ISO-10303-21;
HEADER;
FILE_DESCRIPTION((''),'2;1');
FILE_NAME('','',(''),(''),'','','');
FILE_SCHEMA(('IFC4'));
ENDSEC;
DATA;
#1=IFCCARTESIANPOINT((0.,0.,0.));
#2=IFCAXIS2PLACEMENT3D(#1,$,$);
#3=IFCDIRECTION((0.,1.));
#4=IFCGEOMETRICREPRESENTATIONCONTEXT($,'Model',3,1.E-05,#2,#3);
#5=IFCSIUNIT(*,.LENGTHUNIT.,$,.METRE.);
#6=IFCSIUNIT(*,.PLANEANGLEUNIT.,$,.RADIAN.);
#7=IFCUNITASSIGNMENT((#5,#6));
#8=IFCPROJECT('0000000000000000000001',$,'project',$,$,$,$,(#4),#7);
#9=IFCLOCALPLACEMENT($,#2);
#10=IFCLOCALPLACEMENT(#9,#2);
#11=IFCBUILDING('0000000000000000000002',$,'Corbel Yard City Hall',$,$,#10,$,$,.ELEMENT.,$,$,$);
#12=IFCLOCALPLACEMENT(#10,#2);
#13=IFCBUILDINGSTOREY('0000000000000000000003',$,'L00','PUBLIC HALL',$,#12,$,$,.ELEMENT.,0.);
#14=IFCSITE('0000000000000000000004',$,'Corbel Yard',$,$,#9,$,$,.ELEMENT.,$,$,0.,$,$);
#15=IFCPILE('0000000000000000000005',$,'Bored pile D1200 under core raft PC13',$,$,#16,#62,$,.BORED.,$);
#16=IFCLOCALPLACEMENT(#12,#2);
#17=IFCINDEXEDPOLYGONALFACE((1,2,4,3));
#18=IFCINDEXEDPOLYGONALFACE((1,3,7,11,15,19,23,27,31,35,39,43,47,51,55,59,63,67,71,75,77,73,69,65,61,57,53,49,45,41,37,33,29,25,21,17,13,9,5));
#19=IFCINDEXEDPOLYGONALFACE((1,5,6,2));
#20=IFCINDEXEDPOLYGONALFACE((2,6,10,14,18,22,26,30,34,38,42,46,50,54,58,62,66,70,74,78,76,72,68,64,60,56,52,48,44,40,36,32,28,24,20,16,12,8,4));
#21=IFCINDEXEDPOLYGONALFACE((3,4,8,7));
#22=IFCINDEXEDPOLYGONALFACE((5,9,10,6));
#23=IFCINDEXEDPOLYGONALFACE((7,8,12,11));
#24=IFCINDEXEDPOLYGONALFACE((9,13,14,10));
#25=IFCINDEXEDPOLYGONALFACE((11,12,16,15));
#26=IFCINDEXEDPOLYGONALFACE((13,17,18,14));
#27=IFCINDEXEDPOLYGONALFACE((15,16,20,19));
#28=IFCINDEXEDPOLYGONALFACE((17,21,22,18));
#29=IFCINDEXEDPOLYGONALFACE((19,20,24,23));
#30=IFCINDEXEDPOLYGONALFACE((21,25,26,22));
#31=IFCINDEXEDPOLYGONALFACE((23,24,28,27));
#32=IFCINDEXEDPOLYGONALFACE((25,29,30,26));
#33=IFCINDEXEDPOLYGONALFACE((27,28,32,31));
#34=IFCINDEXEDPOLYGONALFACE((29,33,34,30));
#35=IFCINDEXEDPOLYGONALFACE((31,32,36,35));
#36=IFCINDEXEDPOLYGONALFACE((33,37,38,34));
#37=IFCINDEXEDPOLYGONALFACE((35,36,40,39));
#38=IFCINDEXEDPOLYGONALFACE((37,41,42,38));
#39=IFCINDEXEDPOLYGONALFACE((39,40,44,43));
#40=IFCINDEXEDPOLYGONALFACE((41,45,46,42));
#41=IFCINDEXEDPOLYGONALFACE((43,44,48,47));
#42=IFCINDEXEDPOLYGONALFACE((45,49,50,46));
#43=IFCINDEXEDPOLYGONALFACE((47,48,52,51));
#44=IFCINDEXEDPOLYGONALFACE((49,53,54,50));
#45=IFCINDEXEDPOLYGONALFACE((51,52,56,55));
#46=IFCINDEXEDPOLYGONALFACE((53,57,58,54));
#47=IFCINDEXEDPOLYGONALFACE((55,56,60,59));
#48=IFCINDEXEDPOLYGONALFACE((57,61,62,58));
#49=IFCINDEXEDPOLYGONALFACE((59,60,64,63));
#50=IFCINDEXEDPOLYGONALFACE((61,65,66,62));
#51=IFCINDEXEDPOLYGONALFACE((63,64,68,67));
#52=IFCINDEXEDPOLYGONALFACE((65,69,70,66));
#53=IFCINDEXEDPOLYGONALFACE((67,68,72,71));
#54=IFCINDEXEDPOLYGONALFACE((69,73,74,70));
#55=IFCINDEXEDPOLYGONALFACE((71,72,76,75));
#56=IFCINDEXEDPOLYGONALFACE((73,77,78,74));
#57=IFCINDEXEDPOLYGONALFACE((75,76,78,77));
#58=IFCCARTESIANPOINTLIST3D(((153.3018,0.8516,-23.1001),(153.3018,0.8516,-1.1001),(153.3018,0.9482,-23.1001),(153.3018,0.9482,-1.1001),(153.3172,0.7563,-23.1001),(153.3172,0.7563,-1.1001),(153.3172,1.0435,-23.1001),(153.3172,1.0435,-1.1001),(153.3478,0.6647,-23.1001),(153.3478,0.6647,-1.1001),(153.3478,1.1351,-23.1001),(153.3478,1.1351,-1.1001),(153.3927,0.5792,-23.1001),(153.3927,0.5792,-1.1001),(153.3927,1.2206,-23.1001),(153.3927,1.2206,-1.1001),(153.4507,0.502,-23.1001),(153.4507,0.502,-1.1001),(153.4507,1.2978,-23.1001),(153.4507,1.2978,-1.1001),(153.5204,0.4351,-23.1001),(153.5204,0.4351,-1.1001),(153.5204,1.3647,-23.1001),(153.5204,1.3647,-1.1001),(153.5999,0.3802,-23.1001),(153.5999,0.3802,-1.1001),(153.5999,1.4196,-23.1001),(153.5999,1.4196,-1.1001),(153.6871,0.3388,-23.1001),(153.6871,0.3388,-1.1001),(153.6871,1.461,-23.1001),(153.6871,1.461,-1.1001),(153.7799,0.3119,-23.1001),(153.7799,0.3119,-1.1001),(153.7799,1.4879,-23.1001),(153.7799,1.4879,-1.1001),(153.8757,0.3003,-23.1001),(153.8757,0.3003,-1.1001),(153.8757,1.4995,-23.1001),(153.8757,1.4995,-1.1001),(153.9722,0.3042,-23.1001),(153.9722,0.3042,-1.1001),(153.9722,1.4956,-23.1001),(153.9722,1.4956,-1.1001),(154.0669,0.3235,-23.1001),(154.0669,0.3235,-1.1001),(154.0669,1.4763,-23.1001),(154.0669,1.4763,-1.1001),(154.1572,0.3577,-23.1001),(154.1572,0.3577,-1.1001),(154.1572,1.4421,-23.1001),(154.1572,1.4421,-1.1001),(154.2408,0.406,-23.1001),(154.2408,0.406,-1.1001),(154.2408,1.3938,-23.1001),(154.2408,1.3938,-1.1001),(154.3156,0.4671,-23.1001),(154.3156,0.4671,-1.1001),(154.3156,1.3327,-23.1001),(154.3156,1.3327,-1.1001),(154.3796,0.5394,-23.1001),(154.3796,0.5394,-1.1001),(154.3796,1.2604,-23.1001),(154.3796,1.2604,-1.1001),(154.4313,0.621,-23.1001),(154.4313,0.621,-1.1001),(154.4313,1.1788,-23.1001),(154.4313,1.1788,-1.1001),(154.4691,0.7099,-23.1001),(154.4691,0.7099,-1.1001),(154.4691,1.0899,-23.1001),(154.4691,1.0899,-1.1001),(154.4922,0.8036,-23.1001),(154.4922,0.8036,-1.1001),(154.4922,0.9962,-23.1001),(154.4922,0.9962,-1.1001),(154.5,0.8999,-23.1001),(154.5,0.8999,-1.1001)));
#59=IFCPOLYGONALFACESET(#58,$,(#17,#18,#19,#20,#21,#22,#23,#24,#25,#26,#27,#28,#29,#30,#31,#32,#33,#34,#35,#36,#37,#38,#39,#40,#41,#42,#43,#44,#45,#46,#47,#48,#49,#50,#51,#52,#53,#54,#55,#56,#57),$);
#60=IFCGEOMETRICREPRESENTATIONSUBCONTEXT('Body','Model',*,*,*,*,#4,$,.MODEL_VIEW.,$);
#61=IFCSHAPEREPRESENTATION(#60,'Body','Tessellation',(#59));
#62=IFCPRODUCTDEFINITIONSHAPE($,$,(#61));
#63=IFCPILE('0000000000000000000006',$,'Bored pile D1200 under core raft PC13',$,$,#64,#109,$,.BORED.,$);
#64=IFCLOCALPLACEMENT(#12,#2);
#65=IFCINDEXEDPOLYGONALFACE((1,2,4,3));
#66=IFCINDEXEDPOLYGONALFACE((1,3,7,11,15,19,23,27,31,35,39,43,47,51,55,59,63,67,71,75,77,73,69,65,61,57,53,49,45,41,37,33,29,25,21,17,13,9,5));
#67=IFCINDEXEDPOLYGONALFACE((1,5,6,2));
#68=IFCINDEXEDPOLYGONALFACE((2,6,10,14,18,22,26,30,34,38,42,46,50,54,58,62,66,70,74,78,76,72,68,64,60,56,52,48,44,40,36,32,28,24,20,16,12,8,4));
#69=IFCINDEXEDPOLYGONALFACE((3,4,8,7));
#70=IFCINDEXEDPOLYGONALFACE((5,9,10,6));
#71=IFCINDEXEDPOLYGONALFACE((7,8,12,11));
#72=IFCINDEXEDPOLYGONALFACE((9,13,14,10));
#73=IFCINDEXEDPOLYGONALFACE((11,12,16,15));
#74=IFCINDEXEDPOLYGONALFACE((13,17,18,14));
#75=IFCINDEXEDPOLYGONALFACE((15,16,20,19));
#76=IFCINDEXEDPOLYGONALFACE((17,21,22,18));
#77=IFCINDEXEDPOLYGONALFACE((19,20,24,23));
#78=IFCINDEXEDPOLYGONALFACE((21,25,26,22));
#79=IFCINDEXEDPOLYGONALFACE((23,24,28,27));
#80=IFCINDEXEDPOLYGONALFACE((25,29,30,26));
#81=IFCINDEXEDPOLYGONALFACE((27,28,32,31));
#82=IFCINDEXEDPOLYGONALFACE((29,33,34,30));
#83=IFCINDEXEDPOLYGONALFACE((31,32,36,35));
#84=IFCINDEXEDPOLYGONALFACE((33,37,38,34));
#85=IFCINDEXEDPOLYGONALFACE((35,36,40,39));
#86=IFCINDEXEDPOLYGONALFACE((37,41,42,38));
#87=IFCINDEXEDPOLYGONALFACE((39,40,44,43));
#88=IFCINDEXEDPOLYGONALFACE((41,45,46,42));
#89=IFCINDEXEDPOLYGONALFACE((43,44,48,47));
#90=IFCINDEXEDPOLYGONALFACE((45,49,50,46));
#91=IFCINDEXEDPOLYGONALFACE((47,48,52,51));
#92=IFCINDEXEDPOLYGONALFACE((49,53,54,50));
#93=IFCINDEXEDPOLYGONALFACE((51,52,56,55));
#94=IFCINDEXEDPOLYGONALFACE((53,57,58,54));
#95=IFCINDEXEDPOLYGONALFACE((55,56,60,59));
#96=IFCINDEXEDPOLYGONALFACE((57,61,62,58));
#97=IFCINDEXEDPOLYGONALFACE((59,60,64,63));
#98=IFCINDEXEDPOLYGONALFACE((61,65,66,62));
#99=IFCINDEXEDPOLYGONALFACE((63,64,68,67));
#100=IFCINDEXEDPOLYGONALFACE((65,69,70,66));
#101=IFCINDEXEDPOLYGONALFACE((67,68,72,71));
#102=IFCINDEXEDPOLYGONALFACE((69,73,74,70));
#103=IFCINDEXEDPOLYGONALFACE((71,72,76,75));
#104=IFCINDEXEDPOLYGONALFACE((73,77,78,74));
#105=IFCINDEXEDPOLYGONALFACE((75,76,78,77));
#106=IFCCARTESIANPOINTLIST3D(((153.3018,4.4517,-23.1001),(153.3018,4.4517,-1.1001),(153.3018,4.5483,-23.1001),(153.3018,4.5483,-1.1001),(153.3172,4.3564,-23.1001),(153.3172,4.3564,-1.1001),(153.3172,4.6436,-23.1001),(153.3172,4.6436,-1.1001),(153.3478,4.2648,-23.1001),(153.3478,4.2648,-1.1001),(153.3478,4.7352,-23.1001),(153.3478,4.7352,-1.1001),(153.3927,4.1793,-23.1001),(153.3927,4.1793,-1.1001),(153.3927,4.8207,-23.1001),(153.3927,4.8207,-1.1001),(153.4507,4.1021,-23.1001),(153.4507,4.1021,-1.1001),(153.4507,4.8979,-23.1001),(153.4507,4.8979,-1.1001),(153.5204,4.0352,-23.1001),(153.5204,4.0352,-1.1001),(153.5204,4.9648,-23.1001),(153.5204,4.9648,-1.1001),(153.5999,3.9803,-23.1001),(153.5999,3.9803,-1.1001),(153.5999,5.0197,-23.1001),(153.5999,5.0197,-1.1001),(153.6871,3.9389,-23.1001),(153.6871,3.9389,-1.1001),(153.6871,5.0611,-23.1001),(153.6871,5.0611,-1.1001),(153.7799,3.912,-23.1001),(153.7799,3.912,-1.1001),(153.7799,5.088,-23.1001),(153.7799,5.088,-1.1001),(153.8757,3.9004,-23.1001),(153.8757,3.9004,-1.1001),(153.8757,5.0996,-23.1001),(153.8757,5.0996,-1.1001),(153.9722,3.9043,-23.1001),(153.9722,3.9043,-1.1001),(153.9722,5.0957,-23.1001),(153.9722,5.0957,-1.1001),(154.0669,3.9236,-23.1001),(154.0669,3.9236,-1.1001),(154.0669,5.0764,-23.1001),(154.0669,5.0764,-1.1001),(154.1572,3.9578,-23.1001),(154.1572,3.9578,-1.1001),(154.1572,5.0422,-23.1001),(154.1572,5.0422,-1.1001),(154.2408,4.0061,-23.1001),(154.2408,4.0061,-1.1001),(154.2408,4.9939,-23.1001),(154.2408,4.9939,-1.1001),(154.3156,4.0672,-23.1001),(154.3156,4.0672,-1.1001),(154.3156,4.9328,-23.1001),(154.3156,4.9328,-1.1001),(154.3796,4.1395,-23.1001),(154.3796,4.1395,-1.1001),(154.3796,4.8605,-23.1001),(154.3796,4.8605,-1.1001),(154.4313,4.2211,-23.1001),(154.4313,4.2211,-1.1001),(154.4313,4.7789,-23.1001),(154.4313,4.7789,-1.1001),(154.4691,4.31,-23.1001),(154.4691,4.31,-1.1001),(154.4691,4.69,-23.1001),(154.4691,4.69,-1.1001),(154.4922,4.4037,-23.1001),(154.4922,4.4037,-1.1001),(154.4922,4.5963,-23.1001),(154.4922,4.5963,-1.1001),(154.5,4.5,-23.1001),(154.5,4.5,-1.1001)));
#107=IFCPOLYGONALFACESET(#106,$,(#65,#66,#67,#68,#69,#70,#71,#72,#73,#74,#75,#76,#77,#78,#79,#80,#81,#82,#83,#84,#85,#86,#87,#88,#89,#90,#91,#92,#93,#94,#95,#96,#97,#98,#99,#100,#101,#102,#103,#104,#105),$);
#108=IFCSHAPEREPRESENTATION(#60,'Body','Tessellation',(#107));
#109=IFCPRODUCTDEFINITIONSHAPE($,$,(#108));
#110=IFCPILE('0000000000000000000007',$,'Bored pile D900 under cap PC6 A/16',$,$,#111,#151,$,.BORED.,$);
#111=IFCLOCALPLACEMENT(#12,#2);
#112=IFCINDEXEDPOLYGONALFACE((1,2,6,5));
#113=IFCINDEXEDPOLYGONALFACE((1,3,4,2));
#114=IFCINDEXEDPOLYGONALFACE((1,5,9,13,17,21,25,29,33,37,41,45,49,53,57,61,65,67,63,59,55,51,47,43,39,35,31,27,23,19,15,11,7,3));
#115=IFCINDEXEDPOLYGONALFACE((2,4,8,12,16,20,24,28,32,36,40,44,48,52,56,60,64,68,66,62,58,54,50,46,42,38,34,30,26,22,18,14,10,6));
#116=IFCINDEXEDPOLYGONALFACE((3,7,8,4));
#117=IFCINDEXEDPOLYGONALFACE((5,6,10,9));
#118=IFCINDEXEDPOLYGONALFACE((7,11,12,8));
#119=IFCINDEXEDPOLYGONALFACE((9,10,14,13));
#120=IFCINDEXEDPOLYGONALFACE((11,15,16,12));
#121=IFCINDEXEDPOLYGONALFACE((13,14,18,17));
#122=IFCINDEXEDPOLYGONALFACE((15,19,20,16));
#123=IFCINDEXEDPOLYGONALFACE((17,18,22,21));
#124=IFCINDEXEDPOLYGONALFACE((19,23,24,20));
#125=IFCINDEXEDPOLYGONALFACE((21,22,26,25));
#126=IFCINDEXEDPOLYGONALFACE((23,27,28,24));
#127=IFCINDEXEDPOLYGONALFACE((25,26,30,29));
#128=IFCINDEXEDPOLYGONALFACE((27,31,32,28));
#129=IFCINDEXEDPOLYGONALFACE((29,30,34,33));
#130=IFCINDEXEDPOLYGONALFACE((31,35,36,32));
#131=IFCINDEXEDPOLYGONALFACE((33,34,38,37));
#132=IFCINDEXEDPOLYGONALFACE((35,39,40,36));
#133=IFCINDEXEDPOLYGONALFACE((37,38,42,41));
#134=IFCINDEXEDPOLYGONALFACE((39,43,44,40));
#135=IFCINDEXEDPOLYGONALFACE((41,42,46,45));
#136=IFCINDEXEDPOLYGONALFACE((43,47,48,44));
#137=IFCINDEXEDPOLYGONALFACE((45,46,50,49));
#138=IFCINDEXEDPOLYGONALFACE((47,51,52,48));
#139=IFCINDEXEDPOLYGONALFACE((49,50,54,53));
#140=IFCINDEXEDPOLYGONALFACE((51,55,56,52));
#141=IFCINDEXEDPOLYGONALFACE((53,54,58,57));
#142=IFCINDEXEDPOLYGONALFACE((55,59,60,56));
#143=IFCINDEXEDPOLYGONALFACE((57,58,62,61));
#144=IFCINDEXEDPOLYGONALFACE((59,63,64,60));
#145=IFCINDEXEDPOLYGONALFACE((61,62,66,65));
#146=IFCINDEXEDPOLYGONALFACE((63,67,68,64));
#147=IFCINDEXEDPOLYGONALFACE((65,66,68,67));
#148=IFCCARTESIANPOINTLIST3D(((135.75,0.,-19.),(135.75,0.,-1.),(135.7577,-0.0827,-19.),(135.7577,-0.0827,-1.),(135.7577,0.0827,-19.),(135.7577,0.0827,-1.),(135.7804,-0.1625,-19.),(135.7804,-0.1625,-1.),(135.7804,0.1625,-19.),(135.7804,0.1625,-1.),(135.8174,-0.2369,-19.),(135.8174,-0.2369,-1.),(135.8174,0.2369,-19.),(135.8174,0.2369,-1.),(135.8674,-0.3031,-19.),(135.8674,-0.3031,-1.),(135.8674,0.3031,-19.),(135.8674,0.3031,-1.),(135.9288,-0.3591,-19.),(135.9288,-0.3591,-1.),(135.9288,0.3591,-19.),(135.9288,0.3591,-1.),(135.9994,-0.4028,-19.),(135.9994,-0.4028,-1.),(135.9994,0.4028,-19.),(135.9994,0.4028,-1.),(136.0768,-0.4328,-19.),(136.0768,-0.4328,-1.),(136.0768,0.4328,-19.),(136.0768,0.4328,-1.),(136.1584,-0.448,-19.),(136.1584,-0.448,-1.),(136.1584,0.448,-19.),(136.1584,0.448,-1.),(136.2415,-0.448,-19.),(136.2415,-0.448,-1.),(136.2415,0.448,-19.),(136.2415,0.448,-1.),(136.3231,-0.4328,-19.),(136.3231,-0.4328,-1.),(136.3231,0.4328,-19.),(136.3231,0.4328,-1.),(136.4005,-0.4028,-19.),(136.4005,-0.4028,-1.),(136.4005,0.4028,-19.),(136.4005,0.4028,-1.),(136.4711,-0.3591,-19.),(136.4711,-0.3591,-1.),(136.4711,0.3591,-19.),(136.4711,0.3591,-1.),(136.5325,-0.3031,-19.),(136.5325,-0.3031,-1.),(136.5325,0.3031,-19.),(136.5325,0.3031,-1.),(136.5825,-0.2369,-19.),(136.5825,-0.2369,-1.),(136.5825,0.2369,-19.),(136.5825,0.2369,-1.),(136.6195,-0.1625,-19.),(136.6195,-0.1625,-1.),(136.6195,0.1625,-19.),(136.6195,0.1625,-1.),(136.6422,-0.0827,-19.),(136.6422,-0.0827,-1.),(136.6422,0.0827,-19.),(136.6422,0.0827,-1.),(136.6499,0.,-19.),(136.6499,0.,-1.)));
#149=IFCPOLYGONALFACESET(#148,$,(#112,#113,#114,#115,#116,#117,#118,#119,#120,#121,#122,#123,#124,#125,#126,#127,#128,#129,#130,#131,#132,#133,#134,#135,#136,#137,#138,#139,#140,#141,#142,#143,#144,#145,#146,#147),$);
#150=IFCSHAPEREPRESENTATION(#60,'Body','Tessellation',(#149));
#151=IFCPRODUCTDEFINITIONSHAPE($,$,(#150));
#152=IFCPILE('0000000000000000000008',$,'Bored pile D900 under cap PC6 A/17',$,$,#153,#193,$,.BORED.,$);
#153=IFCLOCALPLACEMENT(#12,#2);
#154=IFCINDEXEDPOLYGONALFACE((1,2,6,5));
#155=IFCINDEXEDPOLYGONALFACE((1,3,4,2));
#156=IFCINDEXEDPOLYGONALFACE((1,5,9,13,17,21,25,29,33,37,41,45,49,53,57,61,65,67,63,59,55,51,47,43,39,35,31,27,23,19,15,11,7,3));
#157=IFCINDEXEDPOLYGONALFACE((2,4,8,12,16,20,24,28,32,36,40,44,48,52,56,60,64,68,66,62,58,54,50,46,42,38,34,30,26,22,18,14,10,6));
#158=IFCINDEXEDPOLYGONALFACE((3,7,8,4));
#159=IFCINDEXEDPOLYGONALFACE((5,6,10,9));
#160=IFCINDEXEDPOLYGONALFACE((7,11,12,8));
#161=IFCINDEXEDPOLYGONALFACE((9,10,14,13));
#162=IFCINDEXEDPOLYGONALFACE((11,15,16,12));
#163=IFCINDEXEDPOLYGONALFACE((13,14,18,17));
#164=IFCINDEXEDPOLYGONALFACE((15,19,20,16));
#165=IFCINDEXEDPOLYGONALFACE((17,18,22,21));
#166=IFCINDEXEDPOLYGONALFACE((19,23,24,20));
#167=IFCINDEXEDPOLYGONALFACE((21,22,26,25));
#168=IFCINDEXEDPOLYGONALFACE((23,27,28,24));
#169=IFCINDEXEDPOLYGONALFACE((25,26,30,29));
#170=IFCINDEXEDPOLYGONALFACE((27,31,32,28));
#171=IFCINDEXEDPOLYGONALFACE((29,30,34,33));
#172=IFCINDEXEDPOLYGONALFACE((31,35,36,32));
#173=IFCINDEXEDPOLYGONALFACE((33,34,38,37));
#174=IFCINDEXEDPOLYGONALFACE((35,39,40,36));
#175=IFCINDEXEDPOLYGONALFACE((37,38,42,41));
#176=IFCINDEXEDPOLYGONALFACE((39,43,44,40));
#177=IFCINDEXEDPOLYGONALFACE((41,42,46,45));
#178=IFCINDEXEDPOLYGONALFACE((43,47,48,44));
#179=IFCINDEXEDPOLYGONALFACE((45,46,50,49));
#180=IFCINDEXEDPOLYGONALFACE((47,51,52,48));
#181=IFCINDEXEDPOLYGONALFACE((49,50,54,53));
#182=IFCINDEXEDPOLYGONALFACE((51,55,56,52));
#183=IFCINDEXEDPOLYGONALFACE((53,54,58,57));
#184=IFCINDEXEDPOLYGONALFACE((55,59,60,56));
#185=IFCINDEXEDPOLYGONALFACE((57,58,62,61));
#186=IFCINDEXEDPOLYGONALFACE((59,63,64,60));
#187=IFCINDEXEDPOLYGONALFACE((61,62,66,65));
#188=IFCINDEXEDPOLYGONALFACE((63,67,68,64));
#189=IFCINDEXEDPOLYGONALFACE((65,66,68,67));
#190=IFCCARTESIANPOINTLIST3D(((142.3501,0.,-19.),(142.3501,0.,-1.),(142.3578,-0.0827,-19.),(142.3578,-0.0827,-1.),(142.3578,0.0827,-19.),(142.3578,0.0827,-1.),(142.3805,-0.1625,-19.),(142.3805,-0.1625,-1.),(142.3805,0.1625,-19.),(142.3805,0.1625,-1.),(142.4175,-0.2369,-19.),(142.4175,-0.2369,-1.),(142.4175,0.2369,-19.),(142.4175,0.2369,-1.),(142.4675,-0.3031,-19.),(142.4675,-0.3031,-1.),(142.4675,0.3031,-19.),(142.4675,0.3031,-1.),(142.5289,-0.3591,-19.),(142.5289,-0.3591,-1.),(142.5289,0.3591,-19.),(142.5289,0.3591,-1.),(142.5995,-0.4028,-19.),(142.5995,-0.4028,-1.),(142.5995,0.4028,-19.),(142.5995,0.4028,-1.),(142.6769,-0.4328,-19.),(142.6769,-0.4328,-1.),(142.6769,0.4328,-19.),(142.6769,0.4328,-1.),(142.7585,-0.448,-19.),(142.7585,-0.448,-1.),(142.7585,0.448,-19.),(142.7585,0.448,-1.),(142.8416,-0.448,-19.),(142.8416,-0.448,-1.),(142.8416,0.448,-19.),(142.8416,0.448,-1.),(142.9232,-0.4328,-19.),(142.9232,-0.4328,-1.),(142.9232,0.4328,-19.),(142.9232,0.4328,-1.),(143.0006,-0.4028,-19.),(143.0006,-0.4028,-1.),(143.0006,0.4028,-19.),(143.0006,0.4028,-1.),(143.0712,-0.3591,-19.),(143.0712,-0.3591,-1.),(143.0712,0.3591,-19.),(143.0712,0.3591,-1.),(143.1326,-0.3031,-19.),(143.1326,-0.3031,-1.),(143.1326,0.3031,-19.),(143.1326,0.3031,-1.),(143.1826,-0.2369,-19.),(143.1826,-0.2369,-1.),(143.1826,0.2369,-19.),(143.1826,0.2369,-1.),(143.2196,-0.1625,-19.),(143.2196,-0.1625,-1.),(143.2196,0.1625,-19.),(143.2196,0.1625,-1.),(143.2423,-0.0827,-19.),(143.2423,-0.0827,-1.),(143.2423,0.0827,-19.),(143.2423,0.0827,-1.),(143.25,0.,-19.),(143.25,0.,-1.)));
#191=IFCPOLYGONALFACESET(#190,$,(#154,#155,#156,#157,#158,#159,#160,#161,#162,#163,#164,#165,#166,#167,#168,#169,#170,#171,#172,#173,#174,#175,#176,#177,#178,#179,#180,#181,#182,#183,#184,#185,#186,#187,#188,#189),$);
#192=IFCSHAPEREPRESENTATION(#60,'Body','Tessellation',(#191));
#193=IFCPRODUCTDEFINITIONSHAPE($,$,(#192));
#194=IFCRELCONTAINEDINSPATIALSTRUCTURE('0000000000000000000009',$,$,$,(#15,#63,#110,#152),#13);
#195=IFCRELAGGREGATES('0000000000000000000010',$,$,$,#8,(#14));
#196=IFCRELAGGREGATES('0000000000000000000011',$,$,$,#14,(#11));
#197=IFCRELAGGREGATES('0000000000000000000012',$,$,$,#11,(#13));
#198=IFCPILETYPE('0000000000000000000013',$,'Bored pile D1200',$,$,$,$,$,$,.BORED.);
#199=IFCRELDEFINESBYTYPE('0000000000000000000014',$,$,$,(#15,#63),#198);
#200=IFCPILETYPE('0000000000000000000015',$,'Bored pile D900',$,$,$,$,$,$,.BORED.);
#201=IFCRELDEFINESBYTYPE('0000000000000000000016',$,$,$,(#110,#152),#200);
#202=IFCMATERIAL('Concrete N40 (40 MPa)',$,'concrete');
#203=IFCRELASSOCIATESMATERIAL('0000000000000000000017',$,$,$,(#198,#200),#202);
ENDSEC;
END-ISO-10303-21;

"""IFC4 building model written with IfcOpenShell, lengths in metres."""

from ifc_helpers import new_model, si_unit, direction, frame, origin, origin_2d, place, context, subcontext, project, spatial, circle, extrude, material, material_profile, profile_set, type_object, element, save


model = new_model("IFC4")

# Units and contexts
model_context = context("Model", 3, precision=1e-05, world=origin(), true_north=direction((0.0, 1.0)))
body_context = subcontext(model_context, "Body", "Model", "MODEL_VIEW")
ifc_project = project(units=[si_unit("LENGTHUNIT", "METRE"), si_unit("PLANEANGLEUNIT", "RADIAN")], contexts=[model_context])

# Site, building, storey
site_placement = place(None, origin())
site = spatial("IfcSite", under=ifc_project, at=site_placement, Name="Corbel Yard", CompositionType="ELEMENT", RefElevation=0.0)
building_placement = place(site_placement, origin())
building = spatial("IfcBuilding", under=site, at=building_placement, Name="Corbel Yard City Hall", CompositionType="ELEMENT")
storey_placement = place(building_placement, origin())
storey = spatial("IfcBuildingStorey", under=building, at=storey_placement, Name="L00", Description="PUBLIC HALL", CompositionType="ELEMENT", Elevation=0.0)

# Piles
ifc_material_1 = material(Name="Concrete N40 (40 MPa)", Category="concrete")
ifc_material_profile_1 = material_profile(ifc_material_1, circle(Radius=0.6001, at=origin_2d()), Name="D1200")
ifc_profile_set_1 = profile_set([ifc_material_profile_1], Name="Concrete N40 (40 MPa)")
pile_type_1 = type_object("IfcPileType", Name="Bored pile D1200", PredefinedType="BORED", material=ifc_profile_set_1)
for number, where, z_axis, x_axis, name in (
    (1, (153.8999, 0.8999, -1.1001), (0.0, 0.0, -1.0), (1.0, 0.0, 0.0), "Bored pile D1200 under core raft PC13"),
    (2, (153.8999, 4.5, -1.1001), (0.0, 0.0, -1.0), (1.0, 0.0, 0.0), "Bored pile D1200 under core raft PC13"),
):
    element("IfcPile", number, at=place(storey_placement, frame(where, z_axis=z_axis, x_axis=x_axis)), inside=storey, type_object=pile_type_1, Name=name, PredefinedType="BORED", context=body_context, shape_type="SweptSolid", body=[
        extrude(circle(Radius=0.6001, at=origin_2d()), origin(), (0.0, 0.0, 1.0), 22.0),
    ])
ifc_material_profile_2 = material_profile(ifc_material_1, circle(Radius=0.45, at=origin_2d()), Name="D900")
ifc_profile_set_2 = profile_set([ifc_material_profile_2], Name="Concrete N40 (40 MPa)")
pile_type_2 = type_object("IfcPileType", Name="Bored pile D900", PredefinedType="BORED", material=ifc_profile_set_2)
for number, where, z_axis, x_axis, name in (
    (3, (136.2, 0.0, -1.0), (0.0, 0.0, -1.0), (1.0, 0.0, 0.0), "Bored pile D900 under cap PC6 A/16"),
    (4, (142.8, 0.0, -1.0), (0.0, 0.0, -1.0), (1.0, 0.0, 0.0), "Bored pile D900 under cap PC6 A/17"),
):
    element("IfcPile", number, at=place(storey_placement, frame(where, z_axis=z_axis, x_axis=x_axis)), inside=storey, type_object=pile_type_2, Name=name, PredefinedType="BORED", context=body_context, shape_type="SweptSolid", body=[
        extrude(circle(Radius=0.45, at=origin_2d()), origin(), (0.0, 0.0, 1.0), 18.0),
    ])

save(model, "model.ifc")
